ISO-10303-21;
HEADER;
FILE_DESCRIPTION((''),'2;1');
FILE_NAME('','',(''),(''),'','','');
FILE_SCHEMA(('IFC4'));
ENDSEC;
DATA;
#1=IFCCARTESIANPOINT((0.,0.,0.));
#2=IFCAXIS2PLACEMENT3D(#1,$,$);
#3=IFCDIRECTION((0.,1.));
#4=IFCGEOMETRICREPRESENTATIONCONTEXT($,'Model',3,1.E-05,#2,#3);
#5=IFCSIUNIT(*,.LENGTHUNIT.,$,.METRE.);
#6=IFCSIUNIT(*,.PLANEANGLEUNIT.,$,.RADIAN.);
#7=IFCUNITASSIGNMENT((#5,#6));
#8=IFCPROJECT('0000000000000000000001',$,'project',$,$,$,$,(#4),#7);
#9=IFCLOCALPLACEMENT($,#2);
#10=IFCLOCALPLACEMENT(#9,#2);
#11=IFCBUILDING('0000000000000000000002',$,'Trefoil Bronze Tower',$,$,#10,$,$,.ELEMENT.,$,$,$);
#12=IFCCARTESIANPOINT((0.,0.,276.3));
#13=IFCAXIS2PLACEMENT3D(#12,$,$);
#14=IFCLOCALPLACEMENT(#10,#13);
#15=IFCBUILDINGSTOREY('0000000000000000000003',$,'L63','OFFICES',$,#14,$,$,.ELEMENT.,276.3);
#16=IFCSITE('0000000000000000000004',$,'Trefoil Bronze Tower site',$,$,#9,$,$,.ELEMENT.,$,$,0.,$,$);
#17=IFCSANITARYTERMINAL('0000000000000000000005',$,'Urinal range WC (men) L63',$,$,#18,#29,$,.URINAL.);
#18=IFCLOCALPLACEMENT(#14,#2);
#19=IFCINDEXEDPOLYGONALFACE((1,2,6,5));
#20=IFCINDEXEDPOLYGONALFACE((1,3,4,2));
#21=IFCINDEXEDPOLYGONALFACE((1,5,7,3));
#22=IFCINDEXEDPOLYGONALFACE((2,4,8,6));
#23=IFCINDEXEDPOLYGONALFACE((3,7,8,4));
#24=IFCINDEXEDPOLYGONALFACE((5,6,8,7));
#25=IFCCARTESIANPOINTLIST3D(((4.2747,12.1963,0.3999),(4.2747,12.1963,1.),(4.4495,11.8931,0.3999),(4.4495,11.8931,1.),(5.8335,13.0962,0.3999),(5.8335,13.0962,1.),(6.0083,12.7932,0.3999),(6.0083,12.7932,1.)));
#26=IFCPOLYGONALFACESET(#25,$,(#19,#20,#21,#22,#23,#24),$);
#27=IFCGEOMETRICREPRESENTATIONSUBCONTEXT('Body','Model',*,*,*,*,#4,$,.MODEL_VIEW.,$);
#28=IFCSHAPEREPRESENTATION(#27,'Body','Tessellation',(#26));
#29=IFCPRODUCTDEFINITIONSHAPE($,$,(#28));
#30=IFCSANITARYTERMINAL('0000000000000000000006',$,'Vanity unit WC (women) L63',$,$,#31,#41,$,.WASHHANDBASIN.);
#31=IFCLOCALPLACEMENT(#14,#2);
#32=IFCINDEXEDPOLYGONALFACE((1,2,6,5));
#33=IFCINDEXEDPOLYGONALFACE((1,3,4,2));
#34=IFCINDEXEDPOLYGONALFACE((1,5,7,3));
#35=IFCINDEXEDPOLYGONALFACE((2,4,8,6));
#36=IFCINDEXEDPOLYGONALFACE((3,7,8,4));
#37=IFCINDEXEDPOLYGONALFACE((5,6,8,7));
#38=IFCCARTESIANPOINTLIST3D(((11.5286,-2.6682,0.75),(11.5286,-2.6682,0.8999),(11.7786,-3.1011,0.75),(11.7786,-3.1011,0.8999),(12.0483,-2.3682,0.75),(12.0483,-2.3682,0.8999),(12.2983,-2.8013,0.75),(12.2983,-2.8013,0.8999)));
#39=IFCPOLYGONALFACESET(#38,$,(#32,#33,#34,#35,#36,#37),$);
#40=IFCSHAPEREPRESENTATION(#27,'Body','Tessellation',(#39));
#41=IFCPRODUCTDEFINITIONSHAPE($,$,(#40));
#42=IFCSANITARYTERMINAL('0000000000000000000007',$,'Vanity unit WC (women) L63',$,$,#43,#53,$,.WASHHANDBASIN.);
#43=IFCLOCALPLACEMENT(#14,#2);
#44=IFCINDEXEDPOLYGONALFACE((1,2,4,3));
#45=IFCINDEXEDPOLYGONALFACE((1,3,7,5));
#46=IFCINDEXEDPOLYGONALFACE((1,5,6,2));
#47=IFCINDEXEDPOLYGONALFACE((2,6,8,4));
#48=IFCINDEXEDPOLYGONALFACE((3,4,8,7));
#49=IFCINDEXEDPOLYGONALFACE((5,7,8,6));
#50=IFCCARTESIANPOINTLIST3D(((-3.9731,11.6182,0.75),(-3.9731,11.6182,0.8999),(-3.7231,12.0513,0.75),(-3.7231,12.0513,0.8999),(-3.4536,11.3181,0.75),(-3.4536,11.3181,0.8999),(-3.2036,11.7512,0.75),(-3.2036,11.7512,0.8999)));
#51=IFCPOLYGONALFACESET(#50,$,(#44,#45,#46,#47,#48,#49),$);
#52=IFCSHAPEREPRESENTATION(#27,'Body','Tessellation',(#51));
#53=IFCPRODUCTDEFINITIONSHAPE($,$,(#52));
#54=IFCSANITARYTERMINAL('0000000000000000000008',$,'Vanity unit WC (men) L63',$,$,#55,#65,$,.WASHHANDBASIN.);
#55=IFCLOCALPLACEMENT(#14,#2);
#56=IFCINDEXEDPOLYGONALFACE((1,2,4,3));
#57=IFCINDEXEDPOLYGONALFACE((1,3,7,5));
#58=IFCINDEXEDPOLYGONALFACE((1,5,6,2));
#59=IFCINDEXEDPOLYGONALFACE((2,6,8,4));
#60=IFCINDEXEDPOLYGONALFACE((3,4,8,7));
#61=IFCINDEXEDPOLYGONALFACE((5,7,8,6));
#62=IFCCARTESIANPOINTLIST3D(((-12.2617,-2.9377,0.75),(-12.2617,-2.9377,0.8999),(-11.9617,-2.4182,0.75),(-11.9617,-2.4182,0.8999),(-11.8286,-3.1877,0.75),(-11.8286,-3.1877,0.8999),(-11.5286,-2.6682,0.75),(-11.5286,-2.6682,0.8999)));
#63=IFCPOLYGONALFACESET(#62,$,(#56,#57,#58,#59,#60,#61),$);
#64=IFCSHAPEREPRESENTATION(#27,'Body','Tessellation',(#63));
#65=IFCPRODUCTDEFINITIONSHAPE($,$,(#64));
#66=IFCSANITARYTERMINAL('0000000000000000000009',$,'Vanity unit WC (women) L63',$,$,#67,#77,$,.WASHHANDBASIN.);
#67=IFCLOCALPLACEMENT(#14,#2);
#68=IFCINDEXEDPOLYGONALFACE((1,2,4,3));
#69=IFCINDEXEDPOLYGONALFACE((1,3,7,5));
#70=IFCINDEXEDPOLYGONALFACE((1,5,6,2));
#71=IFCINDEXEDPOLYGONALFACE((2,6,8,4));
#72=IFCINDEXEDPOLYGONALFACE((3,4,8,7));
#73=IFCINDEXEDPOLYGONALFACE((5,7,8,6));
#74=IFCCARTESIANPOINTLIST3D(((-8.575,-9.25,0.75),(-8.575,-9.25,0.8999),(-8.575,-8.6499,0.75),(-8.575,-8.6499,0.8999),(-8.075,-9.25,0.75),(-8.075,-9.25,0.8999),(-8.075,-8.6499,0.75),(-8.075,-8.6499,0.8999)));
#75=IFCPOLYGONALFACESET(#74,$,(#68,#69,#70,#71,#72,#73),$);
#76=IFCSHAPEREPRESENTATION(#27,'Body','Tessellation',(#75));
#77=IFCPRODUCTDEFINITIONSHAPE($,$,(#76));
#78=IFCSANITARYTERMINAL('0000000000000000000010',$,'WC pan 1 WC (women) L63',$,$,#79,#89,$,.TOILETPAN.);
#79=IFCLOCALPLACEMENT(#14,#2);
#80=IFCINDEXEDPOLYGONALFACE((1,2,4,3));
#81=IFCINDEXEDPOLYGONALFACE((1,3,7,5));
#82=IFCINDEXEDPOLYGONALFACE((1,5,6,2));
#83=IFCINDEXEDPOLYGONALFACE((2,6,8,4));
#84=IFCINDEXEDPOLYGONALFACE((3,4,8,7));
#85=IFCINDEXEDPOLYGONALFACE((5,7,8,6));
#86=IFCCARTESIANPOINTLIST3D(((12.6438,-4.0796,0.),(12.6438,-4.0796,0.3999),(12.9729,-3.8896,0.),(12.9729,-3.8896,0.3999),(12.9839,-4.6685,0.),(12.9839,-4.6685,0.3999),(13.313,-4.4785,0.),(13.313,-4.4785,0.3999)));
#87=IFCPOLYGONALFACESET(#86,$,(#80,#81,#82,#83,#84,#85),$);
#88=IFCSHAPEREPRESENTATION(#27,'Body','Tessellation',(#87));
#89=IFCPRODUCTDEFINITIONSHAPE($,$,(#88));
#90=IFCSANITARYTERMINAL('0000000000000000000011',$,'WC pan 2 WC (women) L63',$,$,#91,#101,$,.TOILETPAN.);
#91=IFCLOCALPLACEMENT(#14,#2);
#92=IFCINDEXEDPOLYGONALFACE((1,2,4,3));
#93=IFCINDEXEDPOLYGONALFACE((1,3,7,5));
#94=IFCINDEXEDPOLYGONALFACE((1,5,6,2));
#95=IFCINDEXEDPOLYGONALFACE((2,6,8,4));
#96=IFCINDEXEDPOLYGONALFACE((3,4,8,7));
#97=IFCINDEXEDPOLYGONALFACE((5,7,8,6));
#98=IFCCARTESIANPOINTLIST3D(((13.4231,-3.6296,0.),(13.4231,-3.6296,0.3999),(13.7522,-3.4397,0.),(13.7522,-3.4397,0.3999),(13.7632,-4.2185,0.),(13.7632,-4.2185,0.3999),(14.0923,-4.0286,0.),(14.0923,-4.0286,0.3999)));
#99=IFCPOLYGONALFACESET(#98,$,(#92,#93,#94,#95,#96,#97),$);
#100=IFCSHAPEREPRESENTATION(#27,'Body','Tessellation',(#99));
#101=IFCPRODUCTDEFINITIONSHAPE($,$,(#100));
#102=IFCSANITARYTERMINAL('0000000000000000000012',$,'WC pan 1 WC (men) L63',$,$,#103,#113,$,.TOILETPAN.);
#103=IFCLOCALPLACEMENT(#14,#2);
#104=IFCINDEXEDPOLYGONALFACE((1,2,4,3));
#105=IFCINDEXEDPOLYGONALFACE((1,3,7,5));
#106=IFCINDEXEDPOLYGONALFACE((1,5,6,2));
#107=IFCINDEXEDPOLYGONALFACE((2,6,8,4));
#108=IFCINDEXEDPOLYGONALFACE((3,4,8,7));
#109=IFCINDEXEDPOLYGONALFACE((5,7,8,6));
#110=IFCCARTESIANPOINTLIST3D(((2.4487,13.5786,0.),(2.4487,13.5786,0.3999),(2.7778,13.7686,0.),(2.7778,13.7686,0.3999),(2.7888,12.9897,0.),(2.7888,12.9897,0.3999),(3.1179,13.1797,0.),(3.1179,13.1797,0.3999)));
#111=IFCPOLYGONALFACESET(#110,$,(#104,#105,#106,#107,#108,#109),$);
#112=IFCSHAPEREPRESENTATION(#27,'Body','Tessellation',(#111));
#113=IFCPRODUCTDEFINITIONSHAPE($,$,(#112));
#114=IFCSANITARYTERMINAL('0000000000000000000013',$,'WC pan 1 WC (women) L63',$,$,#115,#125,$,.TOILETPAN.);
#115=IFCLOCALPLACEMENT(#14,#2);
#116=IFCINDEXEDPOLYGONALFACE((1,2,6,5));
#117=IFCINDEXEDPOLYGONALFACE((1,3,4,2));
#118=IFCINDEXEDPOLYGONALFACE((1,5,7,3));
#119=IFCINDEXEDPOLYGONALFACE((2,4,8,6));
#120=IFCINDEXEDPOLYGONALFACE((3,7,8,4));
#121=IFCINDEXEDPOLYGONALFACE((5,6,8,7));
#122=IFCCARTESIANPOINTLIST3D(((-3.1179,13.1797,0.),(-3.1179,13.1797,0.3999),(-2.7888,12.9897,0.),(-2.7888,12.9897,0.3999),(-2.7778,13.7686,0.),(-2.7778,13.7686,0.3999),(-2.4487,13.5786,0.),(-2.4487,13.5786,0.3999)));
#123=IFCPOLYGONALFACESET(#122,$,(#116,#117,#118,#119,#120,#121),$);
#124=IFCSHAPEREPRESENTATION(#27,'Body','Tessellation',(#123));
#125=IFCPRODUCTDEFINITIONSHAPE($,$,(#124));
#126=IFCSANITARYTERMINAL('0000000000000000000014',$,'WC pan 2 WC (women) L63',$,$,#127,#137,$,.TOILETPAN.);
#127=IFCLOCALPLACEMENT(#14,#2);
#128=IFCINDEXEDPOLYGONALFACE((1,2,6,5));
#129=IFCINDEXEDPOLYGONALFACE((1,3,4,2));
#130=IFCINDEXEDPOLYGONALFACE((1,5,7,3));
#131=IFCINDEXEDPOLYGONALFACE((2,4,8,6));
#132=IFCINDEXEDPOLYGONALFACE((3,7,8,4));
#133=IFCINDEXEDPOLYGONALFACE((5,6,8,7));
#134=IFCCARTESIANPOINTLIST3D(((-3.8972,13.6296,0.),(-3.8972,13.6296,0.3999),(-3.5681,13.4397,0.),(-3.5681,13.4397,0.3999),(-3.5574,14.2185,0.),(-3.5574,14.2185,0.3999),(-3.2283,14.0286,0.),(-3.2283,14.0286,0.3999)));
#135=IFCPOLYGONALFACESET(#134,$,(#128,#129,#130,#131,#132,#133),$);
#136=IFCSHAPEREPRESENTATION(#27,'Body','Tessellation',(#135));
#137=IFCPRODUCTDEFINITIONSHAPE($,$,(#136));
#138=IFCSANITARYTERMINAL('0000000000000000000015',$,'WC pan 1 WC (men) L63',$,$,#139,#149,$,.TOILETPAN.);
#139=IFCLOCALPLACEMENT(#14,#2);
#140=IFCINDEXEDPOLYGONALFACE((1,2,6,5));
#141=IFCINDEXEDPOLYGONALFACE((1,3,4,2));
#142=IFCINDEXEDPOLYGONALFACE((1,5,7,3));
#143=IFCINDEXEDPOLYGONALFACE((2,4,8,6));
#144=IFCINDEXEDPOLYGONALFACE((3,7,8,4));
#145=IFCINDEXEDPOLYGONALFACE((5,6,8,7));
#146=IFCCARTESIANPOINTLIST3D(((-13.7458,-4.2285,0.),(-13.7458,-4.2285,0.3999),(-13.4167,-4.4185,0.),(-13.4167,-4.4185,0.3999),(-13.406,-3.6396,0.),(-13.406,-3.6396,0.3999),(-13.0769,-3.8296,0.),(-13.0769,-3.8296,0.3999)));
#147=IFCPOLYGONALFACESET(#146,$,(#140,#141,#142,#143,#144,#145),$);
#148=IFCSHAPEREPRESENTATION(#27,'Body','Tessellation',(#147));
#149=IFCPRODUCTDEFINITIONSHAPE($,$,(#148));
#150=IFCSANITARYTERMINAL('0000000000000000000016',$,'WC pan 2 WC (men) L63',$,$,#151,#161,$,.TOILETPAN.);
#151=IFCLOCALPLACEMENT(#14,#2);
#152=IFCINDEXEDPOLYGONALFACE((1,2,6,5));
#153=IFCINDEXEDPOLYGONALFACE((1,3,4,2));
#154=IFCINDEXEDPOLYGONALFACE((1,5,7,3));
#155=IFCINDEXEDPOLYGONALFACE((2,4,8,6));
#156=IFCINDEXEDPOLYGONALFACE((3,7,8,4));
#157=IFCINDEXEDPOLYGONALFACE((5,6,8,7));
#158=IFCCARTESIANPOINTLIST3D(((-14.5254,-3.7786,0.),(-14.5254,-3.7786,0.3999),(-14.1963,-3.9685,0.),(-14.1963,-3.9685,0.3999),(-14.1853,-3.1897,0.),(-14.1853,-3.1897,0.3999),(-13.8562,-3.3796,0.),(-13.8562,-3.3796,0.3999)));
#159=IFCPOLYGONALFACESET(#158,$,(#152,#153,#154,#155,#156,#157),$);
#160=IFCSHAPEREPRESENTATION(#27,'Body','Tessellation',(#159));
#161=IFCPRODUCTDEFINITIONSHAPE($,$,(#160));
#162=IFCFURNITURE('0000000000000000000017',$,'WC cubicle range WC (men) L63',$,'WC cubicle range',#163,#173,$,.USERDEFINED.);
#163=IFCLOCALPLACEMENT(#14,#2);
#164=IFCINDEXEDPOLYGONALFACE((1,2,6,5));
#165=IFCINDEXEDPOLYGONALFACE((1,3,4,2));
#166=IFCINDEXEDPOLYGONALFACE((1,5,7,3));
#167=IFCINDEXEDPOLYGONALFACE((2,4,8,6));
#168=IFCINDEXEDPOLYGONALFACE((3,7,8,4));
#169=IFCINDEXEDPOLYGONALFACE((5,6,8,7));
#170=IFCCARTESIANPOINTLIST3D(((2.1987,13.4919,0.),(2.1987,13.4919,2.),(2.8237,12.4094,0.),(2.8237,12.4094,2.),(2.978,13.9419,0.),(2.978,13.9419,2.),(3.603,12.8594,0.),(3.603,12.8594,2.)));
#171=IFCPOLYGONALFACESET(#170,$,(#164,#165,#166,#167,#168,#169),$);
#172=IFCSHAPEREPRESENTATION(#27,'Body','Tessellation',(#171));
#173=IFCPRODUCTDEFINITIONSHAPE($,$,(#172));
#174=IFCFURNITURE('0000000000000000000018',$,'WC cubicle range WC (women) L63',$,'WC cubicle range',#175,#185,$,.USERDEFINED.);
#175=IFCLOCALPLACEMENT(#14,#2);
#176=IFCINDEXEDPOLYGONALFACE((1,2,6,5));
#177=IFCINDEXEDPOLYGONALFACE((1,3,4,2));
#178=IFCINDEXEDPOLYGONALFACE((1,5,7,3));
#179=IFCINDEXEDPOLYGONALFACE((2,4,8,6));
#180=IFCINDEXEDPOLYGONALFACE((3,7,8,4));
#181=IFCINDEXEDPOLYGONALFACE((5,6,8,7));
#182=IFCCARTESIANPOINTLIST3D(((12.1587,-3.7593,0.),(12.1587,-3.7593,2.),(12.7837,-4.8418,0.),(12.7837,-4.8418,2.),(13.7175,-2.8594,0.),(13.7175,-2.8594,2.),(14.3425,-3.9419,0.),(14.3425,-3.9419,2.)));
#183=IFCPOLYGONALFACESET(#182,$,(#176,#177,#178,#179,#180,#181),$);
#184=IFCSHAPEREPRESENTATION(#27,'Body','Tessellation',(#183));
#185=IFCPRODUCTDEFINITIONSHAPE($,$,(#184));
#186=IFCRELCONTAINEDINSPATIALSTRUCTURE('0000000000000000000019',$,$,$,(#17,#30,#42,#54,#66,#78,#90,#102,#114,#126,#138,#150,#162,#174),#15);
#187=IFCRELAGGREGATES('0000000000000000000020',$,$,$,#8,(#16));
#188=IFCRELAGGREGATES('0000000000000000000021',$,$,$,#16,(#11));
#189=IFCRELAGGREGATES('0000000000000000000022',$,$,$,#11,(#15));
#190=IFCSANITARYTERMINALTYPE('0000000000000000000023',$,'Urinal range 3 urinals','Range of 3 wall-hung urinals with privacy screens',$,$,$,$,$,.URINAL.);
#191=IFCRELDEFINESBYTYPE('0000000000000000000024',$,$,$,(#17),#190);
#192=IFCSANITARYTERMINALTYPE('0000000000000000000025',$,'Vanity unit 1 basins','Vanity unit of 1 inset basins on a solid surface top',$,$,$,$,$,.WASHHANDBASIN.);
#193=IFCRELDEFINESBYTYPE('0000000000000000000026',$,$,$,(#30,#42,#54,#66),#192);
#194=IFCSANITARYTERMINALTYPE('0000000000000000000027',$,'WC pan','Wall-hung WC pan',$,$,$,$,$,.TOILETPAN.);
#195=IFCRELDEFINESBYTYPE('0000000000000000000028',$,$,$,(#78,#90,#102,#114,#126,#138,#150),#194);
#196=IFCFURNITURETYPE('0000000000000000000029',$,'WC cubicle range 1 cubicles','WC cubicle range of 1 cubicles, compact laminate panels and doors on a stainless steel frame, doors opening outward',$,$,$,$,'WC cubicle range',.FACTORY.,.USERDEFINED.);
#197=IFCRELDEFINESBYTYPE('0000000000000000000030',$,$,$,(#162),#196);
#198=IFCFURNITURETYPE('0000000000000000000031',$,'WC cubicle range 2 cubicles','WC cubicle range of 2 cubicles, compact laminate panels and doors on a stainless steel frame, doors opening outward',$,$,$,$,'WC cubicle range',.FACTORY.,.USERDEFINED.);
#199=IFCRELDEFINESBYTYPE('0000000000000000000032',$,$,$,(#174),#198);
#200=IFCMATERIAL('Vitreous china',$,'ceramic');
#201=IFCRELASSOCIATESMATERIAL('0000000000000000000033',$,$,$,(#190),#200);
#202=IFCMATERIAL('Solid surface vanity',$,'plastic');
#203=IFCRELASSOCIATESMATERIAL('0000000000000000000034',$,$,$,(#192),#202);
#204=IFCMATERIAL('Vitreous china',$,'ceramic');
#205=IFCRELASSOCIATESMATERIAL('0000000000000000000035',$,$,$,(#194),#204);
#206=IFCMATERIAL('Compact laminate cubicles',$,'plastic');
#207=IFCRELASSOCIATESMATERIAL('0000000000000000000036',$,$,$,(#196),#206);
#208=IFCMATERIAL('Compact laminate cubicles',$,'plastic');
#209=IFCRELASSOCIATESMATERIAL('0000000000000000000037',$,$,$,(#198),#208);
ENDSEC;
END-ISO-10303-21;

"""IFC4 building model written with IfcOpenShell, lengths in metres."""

from ifc_helpers import new_model, si_unit, direction, frame, origin, place, context, subcontext, project, spatial, polyline, outline, extrude, material, type_object, element, save


model = new_model("IFC4")

# Units and contexts
model_context = context("Model", 3, precision=1e-05, world=origin(), true_north=direction((0.0, 1.0)))
body_context = subcontext(model_context, "Body", "Model", "MODEL_VIEW")
ifc_project = project(units=[si_unit("LENGTHUNIT", "METRE"), si_unit("PLANEANGLEUNIT", "RADIAN")], contexts=[model_context])

# Site, building, storey
site_placement = place(None, origin())
site = spatial("IfcSite", under=ifc_project, at=site_placement, Name="Trefoil Bronze Tower site", CompositionType="ELEMENT", RefElevation=0.0)
building_placement = place(site_placement, origin())
building = spatial("IfcBuilding", under=site, at=building_placement, Name="Trefoil Bronze Tower", CompositionType="ELEMENT")
storey_placement = place(building_placement, frame((0.0, 0.0, 276.3)))
storey = spatial("IfcBuildingStorey", under=building, at=storey_placement, Name="L63", Description="OFFICES", CompositionType="ELEMENT", Elevation=276.3)

# Sanitary terminals
ifc_material_1 = material(Name="Vitreous china", Category="ceramic")
sanitary_terminal_type_1 = type_object("IfcSanitaryTerminalType", Name="Urinal range 3 urinals", Description="Range of 3 wall-hung urinals with privacy screens", PredefinedType="URINAL", material=ifc_material_1)
sanitary_terminal_1_placement = place(storey_placement, frame((0.0, 0.0, 0.3999)))
element("IfcSanitaryTerminal", 1, at=sanitary_terminal_1_placement, inside=storey, type_object=sanitary_terminal_type_1, Name="Urinal range WC (men) L63", PredefinedType="URINAL", context=body_context, shape_type="SweptSolid", body=[
    extrude(outline(polyline([(4.4495, 11.8931), (4.2747, 12.1963), (5.8335, 13.0962), (6.0083, 12.7932), (4.4495, 11.8931)])), origin(), (0.0, 0.0, 1.0), 0.6001),
])
ifc_material_2 = material(Name="Solid surface vanity", Category="plastic")
sanitary_terminal_type_2 = type_object("IfcSanitaryTerminalType", Name="Vanity unit 1 basins", Description="Vanity unit of 1 inset basins on a solid surface top", PredefinedType="WASHHANDBASIN", material=ifc_material_2)
sanitary_terminal_2_placement = place(storey_placement, frame((0.0, 0.0, 0.75)))
element("IfcSanitaryTerminal", 2, at=sanitary_terminal_2_placement, inside=storey, type_object=sanitary_terminal_type_2, Name="Vanity unit WC (women) L63", PredefinedType="WASHHANDBASIN", context=body_context, shape_type="SweptSolid", body=[
    extrude(outline(polyline([(11.5286, -2.6682), (11.7786, -3.1011), (12.2983, -2.8013), (12.0483, -2.3682), (11.5286, -2.6682)])), origin(), (0.0, 0.0, 1.0), 0.1499),
])
sanitary_terminal_3_placement = place(storey_placement, frame((0.0, 0.0, 0.75)))
element("IfcSanitaryTerminal", 3, at=sanitary_terminal_3_placement, inside=storey, type_object=sanitary_terminal_type_2, Name="Vanity unit WC (women) L63", PredefinedType="WASHHANDBASIN", context=body_context, shape_type="SweptSolid", body=[
    extrude(outline(polyline([(-3.4536, 11.3181), (-3.2036, 11.7512), (-3.7231, 12.0513), (-3.9731, 11.6182), (-3.4536, 11.3181)])), origin(), (0.0, 0.0, 1.0), 0.1499),
])
sanitary_terminal_4_placement = place(storey_placement, frame((0.0, 0.0, 0.75)))
element("IfcSanitaryTerminal", 4, at=sanitary_terminal_4_placement, inside=storey, type_object=sanitary_terminal_type_2, Name="Vanity unit WC (men) L63", PredefinedType="WASHHANDBASIN", context=body_context, shape_type="SweptSolid", body=[
    extrude(outline(polyline([(-11.5286, -2.6682), (-11.8286, -3.1877), (-12.2617, -2.9377), (-11.9617, -2.4182), (-11.5286, -2.6682)])), origin(), (0.0, 0.0, 1.0), 0.1499),
])
sanitary_terminal_5_placement = place(storey_placement, frame((0.0, 0.0, 0.75)))
element("IfcSanitaryTerminal", 5, at=sanitary_terminal_5_placement, inside=storey, type_object=sanitary_terminal_type_2, Name="Vanity unit WC (women) L63", PredefinedType="WASHHANDBASIN", context=body_context, shape_type="SweptSolid", body=[
    extrude(outline(polyline([(-8.075, -8.6499), (-8.575, -8.6499), (-8.575, -9.25), (-8.075, -9.25), (-8.075, -8.6499)])), origin(), (0.0, 0.0, 1.0), 0.1499),
])
ifc_material_3 = material(Name="Vitreous china", Category="ceramic")
sanitary_terminal_type_3 = type_object("IfcSanitaryTerminalType", Name="WC pan", Description="Wall-hung WC pan", PredefinedType="TOILETPAN", material=ifc_material_3)
sanitary_terminal_6_placement = place(storey_placement, origin())
element("IfcSanitaryTerminal", 6, at=sanitary_terminal_6_placement, inside=storey, type_object=sanitary_terminal_type_3, Name="WC pan 1 WC (women) L63", PredefinedType="TOILETPAN", context=body_context, shape_type="SweptSolid", body=[
    extrude(outline(polyline([(12.6438, -4.0796), (12.9839, -4.6685), (13.313, -4.4785), (12.9729, -3.8896), (12.6438, -4.0796)])), origin(), (0.0, 0.0, 1.0), 0.3999),
])
sanitary_terminal_7_placement = place(storey_placement, origin())
element("IfcSanitaryTerminal", 7, at=sanitary_terminal_7_placement, inside=storey, type_object=sanitary_terminal_type_3, Name="WC pan 2 WC (women) L63", PredefinedType="TOILETPAN", context=body_context, shape_type="SweptSolid", body=[
    extrude(outline(polyline([(13.4231, -3.6296), (13.7632, -4.2185), (14.0923, -4.0286), (13.7522, -3.4397), (13.4231, -3.6296)])), origin(), (0.0, 0.0, 1.0), 0.3999),
])
sanitary_terminal_8_placement = place(storey_placement, origin())
element("IfcSanitaryTerminal", 8, at=sanitary_terminal_8_placement, inside=storey, type_object=sanitary_terminal_type_3, Name="WC pan 1 WC (men) L63", PredefinedType="TOILETPAN", context=body_context, shape_type="SweptSolid", body=[
    extrude(outline(polyline([(2.7888, 12.9897), (2.4487, 13.5786), (2.7778, 13.7686), (3.1179, 13.1797), (2.7888, 12.9897)])), origin(), (0.0, 0.0, 1.0), 0.3999),
])
sanitary_terminal_9_placement = place(storey_placement, origin())
element("IfcSanitaryTerminal", 9, at=sanitary_terminal_9_placement, inside=storey, type_object=sanitary_terminal_type_3, Name="WC pan 1 WC (women) L63", PredefinedType="TOILETPAN", context=body_context, shape_type="SweptSolid", body=[
    extrude(outline(polyline([(-2.7888, 12.9897), (-2.4487, 13.5786), (-2.7778, 13.7686), (-3.1179, 13.1797), (-2.7888, 12.9897)])), origin(), (0.0, 0.0, 1.0), 0.3999),
])
sanitary_terminal_10_placement = place(storey_placement, origin())
element("IfcSanitaryTerminal", 10, at=sanitary_terminal_10_placement, inside=storey, type_object=sanitary_terminal_type_3, Name="WC pan 2 WC (women) L63", PredefinedType="TOILETPAN", context=body_context, shape_type="SweptSolid", body=[
    extrude(outline(polyline([(-3.5681, 13.4397), (-3.2283, 14.0286), (-3.5574, 14.2185), (-3.8972, 13.6296), (-3.5681, 13.4397)])), origin(), (0.0, 0.0, 1.0), 0.3999),
])
sanitary_terminal_11_placement = place(storey_placement, origin())
element("IfcSanitaryTerminal", 11, at=sanitary_terminal_11_placement, inside=storey, type_object=sanitary_terminal_type_3, Name="WC pan 1 WC (men) L63", PredefinedType="TOILETPAN", context=body_context, shape_type="SweptSolid", body=[
    extrude(outline(polyline([(-13.0769, -3.8296), (-13.4167, -4.4185), (-13.7458, -4.2285), (-13.406, -3.6396), (-13.0769, -3.8296)])), origin(), (0.0, 0.0, 1.0), 0.3999),
])
sanitary_terminal_12_placement = place(storey_placement, origin())
element("IfcSanitaryTerminal", 12, at=sanitary_terminal_12_placement, inside=storey, type_object=sanitary_terminal_type_3, Name="WC pan 2 WC (men) L63", PredefinedType="TOILETPAN", context=body_context, shape_type="SweptSolid", body=[
    extrude(outline(polyline([(-13.8562, -3.3796), (-14.1963, -3.9685), (-14.5254, -3.7786), (-14.1853, -3.1897), (-13.8562, -3.3796)])), origin(), (0.0, 0.0, 1.0), 0.3999),
])

# Furniture
ifc_material_4 = material(Name="Compact laminate cubicles", Category="plastic")
furniture_type_1 = type_object("IfcFurnitureType", Name="WC cubicle range 1 cubicles", Description="WC cubicle range of 1 cubicles, compact laminate panels and doors on a stainless steel frame, doors opening outward", ElementType="WC cubicle range", AssemblyPlace="FACTORY", PredefinedType="USERDEFINED", material=ifc_material_4)
furniture_1_placement = place(storey_placement, origin())
element("IfcFurniture", 13, at=furniture_1_placement, inside=storey, type_object=furniture_type_1, Name="WC cubicle range WC (men) L63", ObjectType="WC cubicle range", PredefinedType="USERDEFINED", context=body_context, shape_type="SweptSolid", body=[
    extrude(outline(polyline([(2.8237, 12.4094), (2.1987, 13.4919), (2.978, 13.9419), (3.603, 12.8594), (2.8237, 12.4094)])), origin(), (0.0, 0.0, 1.0), 2.0),
])
ifc_material_5 = material(Name="Compact laminate cubicles", Category="plastic")
furniture_type_2 = type_object("IfcFurnitureType", Name="WC cubicle range 2 cubicles", Description="WC cubicle range of 2 cubicles, compact laminate panels and doors on a stainless steel frame, doors opening outward", ElementType="WC cubicle range", AssemblyPlace="FACTORY", PredefinedType="USERDEFINED", material=ifc_material_5)
furniture_2_placement = place(storey_placement, origin())
element("IfcFurniture", 14, at=furniture_2_placement, inside=storey, type_object=furniture_type_2, Name="WC cubicle range WC (women) L63", ObjectType="WC cubicle range", PredefinedType="USERDEFINED", context=body_context, shape_type="SweptSolid", body=[
    extrude(outline(polyline([(12.1587, -3.7593), (12.7837, -4.8418), (14.3425, -3.9419), (13.7175, -2.8594), (12.1587, -3.7593)])), origin(), (0.0, 0.0, 1.0), 2.0),
])

save(model, "model.ifc")
